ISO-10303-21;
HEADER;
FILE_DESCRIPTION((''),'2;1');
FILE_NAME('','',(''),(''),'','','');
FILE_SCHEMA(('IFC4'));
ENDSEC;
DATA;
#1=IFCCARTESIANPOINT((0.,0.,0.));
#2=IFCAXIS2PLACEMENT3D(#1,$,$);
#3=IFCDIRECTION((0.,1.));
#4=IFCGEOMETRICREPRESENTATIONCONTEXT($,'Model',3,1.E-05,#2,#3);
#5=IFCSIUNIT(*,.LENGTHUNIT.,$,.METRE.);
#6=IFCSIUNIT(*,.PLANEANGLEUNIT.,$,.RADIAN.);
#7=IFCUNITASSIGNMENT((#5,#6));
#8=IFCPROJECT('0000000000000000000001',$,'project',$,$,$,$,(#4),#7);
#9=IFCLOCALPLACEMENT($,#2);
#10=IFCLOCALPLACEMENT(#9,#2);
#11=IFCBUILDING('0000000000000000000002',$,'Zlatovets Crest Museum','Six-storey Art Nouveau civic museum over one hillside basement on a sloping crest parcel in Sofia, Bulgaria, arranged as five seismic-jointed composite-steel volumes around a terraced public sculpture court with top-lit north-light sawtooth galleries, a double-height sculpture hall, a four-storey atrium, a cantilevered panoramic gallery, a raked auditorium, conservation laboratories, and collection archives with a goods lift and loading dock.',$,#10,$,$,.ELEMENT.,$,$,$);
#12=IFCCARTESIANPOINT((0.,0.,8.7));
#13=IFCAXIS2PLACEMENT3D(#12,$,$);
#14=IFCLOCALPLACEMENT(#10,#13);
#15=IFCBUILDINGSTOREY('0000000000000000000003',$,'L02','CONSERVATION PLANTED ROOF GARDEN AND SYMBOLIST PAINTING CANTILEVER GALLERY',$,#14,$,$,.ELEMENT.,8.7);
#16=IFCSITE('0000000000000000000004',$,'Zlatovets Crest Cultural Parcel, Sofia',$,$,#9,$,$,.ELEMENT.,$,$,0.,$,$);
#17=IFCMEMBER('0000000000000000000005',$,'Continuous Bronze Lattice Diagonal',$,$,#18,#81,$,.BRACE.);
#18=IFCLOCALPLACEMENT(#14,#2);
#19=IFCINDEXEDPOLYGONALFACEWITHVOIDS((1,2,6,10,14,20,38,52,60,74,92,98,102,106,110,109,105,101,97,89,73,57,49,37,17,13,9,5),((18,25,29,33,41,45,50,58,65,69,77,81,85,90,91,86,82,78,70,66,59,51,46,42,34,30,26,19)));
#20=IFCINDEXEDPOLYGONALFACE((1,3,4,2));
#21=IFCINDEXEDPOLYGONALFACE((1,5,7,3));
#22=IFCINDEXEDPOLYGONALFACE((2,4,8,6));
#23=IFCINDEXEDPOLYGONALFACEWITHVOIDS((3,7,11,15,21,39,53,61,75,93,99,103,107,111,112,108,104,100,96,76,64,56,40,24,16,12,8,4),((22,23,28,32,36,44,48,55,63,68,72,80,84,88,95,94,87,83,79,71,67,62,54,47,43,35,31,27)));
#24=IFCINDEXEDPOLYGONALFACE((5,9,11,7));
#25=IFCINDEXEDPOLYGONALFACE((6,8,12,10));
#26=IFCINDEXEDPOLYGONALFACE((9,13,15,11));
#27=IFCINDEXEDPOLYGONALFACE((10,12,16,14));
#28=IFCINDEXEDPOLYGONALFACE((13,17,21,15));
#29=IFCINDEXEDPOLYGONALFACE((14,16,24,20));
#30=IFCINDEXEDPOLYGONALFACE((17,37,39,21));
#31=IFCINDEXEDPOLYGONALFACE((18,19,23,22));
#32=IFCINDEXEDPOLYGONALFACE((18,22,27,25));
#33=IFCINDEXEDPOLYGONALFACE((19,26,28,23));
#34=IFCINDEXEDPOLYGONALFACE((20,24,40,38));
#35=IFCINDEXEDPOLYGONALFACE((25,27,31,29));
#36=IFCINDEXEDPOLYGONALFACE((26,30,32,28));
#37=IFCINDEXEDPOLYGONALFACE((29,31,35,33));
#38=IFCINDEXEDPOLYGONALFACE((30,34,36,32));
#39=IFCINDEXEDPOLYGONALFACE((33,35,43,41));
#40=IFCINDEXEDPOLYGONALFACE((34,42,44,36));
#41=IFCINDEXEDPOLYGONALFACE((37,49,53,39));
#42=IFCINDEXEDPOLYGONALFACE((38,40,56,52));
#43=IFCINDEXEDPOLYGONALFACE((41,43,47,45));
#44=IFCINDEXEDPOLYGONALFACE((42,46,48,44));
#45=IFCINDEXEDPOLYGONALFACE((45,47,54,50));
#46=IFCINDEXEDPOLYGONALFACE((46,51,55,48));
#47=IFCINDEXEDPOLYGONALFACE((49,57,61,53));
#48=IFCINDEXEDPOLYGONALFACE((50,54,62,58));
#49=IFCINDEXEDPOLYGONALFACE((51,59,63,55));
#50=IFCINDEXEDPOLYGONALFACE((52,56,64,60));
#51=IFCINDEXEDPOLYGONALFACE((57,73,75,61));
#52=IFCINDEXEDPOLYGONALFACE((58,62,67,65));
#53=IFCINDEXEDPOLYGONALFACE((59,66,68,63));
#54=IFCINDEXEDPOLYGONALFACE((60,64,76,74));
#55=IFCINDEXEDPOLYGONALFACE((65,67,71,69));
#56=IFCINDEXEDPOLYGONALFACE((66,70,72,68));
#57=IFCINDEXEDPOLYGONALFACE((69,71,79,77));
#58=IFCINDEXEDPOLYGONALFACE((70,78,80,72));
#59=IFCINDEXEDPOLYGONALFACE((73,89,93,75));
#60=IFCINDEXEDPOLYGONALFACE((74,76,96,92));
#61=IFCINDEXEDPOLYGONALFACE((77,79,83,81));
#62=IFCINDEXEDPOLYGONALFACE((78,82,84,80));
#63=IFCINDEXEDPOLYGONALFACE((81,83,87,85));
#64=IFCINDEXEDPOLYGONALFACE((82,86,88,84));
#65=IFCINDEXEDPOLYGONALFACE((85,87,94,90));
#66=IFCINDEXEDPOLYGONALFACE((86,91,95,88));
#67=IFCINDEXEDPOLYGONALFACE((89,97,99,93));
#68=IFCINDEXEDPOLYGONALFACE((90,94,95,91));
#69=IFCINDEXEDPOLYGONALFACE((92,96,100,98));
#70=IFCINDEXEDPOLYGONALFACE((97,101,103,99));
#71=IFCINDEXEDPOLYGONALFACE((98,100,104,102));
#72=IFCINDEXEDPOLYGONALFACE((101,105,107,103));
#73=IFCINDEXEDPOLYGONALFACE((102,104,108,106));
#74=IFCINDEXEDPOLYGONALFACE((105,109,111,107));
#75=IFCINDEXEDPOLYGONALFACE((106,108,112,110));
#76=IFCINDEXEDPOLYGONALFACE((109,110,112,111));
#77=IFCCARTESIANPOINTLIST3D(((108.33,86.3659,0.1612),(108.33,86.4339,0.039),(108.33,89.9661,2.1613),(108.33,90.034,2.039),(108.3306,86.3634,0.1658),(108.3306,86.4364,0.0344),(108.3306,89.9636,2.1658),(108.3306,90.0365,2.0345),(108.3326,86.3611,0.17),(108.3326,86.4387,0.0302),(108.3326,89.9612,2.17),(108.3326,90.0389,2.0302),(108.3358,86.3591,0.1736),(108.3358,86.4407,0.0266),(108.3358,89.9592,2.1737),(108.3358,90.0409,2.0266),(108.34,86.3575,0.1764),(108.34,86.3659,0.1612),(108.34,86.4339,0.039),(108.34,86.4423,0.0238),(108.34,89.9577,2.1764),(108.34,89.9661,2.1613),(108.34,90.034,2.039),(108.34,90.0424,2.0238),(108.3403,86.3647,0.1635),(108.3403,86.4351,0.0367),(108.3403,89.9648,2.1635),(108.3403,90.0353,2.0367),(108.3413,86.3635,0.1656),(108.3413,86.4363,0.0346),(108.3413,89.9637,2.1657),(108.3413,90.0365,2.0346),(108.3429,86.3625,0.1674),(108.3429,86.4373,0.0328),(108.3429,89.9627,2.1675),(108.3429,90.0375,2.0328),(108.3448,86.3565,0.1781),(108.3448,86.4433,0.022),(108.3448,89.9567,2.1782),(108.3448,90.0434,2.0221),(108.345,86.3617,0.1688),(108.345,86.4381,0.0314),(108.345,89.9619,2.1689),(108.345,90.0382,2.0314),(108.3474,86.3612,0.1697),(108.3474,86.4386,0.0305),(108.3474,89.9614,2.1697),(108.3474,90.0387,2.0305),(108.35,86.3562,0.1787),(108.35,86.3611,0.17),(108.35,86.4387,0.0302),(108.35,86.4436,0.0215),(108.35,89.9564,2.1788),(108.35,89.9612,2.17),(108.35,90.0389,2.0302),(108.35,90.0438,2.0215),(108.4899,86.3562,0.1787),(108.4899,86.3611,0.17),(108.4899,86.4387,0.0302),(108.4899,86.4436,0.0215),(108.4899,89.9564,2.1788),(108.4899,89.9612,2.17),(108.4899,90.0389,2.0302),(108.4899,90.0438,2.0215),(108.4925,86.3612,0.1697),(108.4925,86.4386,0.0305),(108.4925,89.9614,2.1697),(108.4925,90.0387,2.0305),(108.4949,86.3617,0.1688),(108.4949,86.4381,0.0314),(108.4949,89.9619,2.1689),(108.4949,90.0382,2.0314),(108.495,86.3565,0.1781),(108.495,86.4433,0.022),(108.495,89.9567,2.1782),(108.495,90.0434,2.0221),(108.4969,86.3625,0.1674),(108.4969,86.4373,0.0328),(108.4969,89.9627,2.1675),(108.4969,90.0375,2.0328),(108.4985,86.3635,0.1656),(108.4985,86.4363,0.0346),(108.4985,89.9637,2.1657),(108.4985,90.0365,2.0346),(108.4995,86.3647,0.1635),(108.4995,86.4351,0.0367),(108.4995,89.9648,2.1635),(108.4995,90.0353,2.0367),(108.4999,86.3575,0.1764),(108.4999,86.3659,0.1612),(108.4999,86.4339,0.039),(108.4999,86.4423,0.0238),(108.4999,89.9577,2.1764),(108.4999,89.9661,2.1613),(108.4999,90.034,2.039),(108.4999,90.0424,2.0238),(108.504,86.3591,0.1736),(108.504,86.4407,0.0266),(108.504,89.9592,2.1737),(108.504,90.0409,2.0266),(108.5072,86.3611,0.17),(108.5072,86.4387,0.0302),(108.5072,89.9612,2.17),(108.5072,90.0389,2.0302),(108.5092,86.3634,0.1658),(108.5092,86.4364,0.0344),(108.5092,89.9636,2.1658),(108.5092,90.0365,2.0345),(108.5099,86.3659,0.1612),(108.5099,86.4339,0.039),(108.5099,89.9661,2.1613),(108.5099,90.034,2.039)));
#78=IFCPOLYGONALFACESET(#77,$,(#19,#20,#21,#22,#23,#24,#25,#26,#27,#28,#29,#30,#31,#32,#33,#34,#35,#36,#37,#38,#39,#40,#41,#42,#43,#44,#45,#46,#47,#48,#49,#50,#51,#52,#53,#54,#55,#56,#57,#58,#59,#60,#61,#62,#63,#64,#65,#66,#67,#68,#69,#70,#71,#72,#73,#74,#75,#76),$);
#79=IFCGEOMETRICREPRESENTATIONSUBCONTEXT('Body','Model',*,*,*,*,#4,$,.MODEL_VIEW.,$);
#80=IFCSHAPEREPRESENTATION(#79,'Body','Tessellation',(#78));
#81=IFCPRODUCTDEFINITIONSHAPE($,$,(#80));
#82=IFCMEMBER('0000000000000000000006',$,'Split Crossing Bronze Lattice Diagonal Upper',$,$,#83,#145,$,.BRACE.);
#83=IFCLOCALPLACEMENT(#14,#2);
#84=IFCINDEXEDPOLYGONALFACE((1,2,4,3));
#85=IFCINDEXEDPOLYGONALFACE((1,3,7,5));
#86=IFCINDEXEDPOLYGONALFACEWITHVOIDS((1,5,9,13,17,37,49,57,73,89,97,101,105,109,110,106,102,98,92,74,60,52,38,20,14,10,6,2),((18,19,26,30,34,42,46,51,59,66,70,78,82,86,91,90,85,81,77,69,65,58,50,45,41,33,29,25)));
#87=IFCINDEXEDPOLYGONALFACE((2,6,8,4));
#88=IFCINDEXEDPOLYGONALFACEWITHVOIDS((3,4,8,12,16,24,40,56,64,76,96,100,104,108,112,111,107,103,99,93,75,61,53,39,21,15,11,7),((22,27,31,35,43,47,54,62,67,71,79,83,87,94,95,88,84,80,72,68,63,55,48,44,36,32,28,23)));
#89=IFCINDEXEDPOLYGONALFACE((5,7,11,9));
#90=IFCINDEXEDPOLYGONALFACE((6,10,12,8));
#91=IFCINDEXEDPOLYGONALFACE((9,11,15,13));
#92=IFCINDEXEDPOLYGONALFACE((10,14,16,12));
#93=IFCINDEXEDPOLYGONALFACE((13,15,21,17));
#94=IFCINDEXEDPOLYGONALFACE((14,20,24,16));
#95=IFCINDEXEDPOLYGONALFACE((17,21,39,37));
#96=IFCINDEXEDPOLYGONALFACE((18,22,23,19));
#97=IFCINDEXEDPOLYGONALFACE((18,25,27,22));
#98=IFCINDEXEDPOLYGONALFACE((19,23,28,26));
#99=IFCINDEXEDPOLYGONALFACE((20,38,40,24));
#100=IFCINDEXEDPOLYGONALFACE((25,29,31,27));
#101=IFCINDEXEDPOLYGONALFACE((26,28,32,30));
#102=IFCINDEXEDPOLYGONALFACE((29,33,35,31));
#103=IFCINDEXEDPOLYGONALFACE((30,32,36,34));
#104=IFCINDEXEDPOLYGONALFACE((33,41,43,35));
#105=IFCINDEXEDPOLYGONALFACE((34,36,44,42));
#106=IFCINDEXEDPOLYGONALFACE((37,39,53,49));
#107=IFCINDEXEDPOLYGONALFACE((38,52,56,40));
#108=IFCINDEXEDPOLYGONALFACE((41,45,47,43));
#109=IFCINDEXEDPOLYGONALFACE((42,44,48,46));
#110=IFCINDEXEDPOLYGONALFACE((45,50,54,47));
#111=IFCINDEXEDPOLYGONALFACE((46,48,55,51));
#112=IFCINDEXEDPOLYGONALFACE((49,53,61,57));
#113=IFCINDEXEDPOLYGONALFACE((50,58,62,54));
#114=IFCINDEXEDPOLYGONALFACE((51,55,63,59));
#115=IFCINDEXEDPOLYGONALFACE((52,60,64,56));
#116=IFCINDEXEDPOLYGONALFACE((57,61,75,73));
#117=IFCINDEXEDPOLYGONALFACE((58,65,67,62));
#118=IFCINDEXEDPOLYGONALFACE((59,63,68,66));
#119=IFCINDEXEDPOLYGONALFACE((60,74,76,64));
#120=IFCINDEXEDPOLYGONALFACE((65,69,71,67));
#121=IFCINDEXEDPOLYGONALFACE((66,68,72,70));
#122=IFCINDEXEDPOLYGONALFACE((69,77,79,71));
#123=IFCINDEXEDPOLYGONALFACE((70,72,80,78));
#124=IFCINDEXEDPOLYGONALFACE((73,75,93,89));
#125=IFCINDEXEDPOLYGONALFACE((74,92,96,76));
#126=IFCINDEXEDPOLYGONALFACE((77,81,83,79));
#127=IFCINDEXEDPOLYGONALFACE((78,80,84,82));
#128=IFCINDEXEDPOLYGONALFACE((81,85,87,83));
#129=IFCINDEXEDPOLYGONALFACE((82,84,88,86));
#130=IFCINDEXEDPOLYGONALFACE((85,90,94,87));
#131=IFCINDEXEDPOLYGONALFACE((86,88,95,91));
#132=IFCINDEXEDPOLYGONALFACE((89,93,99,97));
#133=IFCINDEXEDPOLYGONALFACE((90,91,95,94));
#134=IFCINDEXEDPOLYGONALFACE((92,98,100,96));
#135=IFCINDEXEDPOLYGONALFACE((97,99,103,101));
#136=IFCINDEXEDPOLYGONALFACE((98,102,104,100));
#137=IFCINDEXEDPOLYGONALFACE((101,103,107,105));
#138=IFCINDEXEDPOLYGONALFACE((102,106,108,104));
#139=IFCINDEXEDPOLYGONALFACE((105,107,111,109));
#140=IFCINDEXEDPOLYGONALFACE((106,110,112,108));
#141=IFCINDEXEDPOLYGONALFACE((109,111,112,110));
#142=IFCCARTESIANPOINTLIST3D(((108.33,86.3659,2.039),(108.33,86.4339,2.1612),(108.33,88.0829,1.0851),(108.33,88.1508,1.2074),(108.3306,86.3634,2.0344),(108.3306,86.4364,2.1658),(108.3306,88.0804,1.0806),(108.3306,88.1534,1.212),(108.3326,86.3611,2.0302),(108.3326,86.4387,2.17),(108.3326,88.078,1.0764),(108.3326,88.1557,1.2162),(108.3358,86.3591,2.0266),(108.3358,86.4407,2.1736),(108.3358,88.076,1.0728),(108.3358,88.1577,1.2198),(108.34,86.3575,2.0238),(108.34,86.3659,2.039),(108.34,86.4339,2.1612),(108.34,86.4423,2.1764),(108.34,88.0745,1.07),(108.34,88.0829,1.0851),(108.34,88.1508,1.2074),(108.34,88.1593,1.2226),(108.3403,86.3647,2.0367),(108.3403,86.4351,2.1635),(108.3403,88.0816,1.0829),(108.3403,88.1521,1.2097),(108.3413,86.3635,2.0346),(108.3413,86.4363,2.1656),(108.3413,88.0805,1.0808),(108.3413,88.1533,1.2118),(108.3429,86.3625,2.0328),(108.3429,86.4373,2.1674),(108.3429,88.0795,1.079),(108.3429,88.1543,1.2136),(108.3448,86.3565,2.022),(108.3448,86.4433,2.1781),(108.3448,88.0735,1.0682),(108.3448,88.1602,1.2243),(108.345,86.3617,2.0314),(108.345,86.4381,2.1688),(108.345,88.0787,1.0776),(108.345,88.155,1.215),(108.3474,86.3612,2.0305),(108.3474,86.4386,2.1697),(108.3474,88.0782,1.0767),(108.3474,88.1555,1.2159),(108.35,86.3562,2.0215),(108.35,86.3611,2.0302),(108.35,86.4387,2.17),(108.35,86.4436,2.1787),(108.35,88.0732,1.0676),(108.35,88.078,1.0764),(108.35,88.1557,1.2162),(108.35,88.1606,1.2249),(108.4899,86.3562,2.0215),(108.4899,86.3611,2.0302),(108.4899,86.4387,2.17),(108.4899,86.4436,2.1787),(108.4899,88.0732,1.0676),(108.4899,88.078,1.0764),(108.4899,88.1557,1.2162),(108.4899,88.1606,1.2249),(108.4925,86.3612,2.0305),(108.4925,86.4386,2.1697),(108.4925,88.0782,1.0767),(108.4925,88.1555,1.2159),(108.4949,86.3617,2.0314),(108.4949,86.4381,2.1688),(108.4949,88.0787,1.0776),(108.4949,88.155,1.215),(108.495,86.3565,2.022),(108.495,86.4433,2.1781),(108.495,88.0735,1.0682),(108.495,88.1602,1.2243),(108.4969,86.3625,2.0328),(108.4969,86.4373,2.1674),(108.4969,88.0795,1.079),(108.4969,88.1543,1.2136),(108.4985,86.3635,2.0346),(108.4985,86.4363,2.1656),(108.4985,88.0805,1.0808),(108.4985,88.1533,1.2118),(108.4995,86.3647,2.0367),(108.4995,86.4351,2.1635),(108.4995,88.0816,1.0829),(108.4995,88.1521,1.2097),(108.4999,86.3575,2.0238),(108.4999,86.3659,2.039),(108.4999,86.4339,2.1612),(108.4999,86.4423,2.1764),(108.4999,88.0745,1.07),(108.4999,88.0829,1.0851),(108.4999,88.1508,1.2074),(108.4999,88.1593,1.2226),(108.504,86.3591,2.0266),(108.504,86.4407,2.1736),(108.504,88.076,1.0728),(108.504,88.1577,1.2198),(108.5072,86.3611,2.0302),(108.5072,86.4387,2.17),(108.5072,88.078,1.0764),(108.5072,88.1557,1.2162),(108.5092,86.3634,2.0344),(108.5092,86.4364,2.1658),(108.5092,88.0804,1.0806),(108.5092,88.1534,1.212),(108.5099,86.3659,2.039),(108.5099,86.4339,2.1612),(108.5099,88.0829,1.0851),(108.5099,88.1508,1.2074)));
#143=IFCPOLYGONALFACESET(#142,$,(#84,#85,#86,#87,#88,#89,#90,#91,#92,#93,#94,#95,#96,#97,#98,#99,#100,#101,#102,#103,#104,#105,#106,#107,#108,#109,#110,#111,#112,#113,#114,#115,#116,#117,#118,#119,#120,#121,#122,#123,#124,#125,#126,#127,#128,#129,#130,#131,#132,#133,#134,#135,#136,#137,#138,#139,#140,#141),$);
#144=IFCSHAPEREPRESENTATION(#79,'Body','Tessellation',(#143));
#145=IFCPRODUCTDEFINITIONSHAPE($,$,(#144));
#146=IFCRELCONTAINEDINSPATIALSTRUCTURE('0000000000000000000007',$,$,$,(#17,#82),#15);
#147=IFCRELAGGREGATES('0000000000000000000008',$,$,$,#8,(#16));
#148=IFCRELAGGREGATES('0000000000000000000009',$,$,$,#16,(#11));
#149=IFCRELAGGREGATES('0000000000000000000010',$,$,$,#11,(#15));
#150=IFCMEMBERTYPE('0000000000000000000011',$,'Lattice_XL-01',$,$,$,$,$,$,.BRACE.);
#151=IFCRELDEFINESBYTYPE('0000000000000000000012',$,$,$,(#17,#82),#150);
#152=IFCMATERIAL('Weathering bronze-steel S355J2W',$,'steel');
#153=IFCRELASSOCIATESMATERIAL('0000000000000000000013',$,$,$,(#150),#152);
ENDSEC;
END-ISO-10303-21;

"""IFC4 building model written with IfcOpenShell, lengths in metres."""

from ifc_helpers import new_model, si_unit, direction, frame, origin, origin_2d, place, context, subcontext, project, spatial, hollow_rectangle, extrude, material, material_profile, profile_set, type_object, element, save


model = new_model("IFC4")

# Units and contexts
model_context = context("Model", 3, precision=1e-05, world=origin(), true_north=direction((0.0, 1.0)))
body_context = subcontext(model_context, "Body", "Model", "MODEL_VIEW")
ifc_project = project(units=[si_unit("LENGTHUNIT", "METRE"), si_unit("PLANEANGLEUNIT", "RADIAN")], contexts=[model_context])

# Site, building, storey
site_placement = place(None, origin())
site = spatial("IfcSite", under=ifc_project, at=site_placement, Name="Zlatovets Crest Cultural Parcel, Sofia", CompositionType="ELEMENT", RefElevation=0.0)
building_placement = place(site_placement, origin())
building = spatial("IfcBuilding", under=site, at=building_placement, Name="Zlatovets Crest Museum", Description="Six-storey Art Nouveau civic museum over one hillside basement on a sloping crest parcel in Sofia, Bulgaria, arranged as five seismic-jointed composite-steel volumes around a terraced public sculpture court with top-lit north-light sawtooth galleries, a double-height sculpture hall, a four-storey atrium, a cantilevered panoramic gallery, a raked auditorium, conservation laboratories, and collection archives with a goods lift and loading dock.", CompositionType="ELEMENT")
storey_placement = place(building_placement, frame((0.0, 0.0, 8.7)))
storey = spatial("IfcBuildingStorey", under=building, at=storey_placement, Name="L02", Description="CONSERVATION PLANTED ROOF GARDEN AND SYMBOLIST PAINTING CANTILEVER GALLERY", CompositionType="ELEMENT", Elevation=8.7)

# Members
ifc_material_1 = material(Name="Weathering bronze-steel S355J2W", Category="steel")
ifc_material_profile_1 = material_profile(ifc_material_1, hollow_rectangle(XDim=0.1799, YDim=0.1799, WallThickness=0.01, InnerFilletRadius=0.01, OuterFilletRadius=0.02, at=origin_2d()), Name="SHS 180x180x10.0")
ifc_profile_set_1 = profile_set([ifc_material_profile_1], Name="Weathering bronze-steel S355J2W")
member_type_1 = type_object("IfcMemberType", Name="Lattice_XL-01", PredefinedType="BRACE", material=ifc_profile_set_1)
member_1_placement = place(storey_placement, frame((108.4199, 86.3999, 0.1001), z_axis=(0.0, 0.874163, 0.485633), x_axis=(-1.0, 0.0, 0.0)))
element("IfcMember", 1, at=member_1_placement, inside=storey, type_object=member_type_1, Name="Continuous Bronze Lattice Diagonal", PredefinedType="BRACE", context=body_context, shape_type="SweptSolid", body=[
    extrude(hollow_rectangle(XDim=0.1799, YDim=0.1799, WallThickness=0.01, InnerFilletRadius=0.01, OuterFilletRadius=0.02, at=origin_2d()), origin(), (0.0, 0.0, 1.0), 4.1184),
])
for number, where, z_axis, x_axis, name in (
    (2, (108.4199, 86.3999, 2.1001), (0.0, 0.874169, -0.485622), (-1.0, 0.0, 0.0), "Split Crossing Bronze Lattice Diagonal Upper"),
):
    element("IfcMember", number, at=place(storey_placement, frame(where, z_axis=z_axis, x_axis=x_axis)), inside=storey, type_object=member_type_1, Name=name, PredefinedType="BRACE", context=body_context, shape_type="SweptSolid", body=[
        extrude(hollow_rectangle(XDim=0.1799, YDim=0.1799, WallThickness=0.01, InnerFilletRadius=0.01, OuterFilletRadius=0.02, at=origin_2d()), origin(), (0.0, 0.0, 1.0), 1.9641),
    ])

save(model, "model.ifc")
